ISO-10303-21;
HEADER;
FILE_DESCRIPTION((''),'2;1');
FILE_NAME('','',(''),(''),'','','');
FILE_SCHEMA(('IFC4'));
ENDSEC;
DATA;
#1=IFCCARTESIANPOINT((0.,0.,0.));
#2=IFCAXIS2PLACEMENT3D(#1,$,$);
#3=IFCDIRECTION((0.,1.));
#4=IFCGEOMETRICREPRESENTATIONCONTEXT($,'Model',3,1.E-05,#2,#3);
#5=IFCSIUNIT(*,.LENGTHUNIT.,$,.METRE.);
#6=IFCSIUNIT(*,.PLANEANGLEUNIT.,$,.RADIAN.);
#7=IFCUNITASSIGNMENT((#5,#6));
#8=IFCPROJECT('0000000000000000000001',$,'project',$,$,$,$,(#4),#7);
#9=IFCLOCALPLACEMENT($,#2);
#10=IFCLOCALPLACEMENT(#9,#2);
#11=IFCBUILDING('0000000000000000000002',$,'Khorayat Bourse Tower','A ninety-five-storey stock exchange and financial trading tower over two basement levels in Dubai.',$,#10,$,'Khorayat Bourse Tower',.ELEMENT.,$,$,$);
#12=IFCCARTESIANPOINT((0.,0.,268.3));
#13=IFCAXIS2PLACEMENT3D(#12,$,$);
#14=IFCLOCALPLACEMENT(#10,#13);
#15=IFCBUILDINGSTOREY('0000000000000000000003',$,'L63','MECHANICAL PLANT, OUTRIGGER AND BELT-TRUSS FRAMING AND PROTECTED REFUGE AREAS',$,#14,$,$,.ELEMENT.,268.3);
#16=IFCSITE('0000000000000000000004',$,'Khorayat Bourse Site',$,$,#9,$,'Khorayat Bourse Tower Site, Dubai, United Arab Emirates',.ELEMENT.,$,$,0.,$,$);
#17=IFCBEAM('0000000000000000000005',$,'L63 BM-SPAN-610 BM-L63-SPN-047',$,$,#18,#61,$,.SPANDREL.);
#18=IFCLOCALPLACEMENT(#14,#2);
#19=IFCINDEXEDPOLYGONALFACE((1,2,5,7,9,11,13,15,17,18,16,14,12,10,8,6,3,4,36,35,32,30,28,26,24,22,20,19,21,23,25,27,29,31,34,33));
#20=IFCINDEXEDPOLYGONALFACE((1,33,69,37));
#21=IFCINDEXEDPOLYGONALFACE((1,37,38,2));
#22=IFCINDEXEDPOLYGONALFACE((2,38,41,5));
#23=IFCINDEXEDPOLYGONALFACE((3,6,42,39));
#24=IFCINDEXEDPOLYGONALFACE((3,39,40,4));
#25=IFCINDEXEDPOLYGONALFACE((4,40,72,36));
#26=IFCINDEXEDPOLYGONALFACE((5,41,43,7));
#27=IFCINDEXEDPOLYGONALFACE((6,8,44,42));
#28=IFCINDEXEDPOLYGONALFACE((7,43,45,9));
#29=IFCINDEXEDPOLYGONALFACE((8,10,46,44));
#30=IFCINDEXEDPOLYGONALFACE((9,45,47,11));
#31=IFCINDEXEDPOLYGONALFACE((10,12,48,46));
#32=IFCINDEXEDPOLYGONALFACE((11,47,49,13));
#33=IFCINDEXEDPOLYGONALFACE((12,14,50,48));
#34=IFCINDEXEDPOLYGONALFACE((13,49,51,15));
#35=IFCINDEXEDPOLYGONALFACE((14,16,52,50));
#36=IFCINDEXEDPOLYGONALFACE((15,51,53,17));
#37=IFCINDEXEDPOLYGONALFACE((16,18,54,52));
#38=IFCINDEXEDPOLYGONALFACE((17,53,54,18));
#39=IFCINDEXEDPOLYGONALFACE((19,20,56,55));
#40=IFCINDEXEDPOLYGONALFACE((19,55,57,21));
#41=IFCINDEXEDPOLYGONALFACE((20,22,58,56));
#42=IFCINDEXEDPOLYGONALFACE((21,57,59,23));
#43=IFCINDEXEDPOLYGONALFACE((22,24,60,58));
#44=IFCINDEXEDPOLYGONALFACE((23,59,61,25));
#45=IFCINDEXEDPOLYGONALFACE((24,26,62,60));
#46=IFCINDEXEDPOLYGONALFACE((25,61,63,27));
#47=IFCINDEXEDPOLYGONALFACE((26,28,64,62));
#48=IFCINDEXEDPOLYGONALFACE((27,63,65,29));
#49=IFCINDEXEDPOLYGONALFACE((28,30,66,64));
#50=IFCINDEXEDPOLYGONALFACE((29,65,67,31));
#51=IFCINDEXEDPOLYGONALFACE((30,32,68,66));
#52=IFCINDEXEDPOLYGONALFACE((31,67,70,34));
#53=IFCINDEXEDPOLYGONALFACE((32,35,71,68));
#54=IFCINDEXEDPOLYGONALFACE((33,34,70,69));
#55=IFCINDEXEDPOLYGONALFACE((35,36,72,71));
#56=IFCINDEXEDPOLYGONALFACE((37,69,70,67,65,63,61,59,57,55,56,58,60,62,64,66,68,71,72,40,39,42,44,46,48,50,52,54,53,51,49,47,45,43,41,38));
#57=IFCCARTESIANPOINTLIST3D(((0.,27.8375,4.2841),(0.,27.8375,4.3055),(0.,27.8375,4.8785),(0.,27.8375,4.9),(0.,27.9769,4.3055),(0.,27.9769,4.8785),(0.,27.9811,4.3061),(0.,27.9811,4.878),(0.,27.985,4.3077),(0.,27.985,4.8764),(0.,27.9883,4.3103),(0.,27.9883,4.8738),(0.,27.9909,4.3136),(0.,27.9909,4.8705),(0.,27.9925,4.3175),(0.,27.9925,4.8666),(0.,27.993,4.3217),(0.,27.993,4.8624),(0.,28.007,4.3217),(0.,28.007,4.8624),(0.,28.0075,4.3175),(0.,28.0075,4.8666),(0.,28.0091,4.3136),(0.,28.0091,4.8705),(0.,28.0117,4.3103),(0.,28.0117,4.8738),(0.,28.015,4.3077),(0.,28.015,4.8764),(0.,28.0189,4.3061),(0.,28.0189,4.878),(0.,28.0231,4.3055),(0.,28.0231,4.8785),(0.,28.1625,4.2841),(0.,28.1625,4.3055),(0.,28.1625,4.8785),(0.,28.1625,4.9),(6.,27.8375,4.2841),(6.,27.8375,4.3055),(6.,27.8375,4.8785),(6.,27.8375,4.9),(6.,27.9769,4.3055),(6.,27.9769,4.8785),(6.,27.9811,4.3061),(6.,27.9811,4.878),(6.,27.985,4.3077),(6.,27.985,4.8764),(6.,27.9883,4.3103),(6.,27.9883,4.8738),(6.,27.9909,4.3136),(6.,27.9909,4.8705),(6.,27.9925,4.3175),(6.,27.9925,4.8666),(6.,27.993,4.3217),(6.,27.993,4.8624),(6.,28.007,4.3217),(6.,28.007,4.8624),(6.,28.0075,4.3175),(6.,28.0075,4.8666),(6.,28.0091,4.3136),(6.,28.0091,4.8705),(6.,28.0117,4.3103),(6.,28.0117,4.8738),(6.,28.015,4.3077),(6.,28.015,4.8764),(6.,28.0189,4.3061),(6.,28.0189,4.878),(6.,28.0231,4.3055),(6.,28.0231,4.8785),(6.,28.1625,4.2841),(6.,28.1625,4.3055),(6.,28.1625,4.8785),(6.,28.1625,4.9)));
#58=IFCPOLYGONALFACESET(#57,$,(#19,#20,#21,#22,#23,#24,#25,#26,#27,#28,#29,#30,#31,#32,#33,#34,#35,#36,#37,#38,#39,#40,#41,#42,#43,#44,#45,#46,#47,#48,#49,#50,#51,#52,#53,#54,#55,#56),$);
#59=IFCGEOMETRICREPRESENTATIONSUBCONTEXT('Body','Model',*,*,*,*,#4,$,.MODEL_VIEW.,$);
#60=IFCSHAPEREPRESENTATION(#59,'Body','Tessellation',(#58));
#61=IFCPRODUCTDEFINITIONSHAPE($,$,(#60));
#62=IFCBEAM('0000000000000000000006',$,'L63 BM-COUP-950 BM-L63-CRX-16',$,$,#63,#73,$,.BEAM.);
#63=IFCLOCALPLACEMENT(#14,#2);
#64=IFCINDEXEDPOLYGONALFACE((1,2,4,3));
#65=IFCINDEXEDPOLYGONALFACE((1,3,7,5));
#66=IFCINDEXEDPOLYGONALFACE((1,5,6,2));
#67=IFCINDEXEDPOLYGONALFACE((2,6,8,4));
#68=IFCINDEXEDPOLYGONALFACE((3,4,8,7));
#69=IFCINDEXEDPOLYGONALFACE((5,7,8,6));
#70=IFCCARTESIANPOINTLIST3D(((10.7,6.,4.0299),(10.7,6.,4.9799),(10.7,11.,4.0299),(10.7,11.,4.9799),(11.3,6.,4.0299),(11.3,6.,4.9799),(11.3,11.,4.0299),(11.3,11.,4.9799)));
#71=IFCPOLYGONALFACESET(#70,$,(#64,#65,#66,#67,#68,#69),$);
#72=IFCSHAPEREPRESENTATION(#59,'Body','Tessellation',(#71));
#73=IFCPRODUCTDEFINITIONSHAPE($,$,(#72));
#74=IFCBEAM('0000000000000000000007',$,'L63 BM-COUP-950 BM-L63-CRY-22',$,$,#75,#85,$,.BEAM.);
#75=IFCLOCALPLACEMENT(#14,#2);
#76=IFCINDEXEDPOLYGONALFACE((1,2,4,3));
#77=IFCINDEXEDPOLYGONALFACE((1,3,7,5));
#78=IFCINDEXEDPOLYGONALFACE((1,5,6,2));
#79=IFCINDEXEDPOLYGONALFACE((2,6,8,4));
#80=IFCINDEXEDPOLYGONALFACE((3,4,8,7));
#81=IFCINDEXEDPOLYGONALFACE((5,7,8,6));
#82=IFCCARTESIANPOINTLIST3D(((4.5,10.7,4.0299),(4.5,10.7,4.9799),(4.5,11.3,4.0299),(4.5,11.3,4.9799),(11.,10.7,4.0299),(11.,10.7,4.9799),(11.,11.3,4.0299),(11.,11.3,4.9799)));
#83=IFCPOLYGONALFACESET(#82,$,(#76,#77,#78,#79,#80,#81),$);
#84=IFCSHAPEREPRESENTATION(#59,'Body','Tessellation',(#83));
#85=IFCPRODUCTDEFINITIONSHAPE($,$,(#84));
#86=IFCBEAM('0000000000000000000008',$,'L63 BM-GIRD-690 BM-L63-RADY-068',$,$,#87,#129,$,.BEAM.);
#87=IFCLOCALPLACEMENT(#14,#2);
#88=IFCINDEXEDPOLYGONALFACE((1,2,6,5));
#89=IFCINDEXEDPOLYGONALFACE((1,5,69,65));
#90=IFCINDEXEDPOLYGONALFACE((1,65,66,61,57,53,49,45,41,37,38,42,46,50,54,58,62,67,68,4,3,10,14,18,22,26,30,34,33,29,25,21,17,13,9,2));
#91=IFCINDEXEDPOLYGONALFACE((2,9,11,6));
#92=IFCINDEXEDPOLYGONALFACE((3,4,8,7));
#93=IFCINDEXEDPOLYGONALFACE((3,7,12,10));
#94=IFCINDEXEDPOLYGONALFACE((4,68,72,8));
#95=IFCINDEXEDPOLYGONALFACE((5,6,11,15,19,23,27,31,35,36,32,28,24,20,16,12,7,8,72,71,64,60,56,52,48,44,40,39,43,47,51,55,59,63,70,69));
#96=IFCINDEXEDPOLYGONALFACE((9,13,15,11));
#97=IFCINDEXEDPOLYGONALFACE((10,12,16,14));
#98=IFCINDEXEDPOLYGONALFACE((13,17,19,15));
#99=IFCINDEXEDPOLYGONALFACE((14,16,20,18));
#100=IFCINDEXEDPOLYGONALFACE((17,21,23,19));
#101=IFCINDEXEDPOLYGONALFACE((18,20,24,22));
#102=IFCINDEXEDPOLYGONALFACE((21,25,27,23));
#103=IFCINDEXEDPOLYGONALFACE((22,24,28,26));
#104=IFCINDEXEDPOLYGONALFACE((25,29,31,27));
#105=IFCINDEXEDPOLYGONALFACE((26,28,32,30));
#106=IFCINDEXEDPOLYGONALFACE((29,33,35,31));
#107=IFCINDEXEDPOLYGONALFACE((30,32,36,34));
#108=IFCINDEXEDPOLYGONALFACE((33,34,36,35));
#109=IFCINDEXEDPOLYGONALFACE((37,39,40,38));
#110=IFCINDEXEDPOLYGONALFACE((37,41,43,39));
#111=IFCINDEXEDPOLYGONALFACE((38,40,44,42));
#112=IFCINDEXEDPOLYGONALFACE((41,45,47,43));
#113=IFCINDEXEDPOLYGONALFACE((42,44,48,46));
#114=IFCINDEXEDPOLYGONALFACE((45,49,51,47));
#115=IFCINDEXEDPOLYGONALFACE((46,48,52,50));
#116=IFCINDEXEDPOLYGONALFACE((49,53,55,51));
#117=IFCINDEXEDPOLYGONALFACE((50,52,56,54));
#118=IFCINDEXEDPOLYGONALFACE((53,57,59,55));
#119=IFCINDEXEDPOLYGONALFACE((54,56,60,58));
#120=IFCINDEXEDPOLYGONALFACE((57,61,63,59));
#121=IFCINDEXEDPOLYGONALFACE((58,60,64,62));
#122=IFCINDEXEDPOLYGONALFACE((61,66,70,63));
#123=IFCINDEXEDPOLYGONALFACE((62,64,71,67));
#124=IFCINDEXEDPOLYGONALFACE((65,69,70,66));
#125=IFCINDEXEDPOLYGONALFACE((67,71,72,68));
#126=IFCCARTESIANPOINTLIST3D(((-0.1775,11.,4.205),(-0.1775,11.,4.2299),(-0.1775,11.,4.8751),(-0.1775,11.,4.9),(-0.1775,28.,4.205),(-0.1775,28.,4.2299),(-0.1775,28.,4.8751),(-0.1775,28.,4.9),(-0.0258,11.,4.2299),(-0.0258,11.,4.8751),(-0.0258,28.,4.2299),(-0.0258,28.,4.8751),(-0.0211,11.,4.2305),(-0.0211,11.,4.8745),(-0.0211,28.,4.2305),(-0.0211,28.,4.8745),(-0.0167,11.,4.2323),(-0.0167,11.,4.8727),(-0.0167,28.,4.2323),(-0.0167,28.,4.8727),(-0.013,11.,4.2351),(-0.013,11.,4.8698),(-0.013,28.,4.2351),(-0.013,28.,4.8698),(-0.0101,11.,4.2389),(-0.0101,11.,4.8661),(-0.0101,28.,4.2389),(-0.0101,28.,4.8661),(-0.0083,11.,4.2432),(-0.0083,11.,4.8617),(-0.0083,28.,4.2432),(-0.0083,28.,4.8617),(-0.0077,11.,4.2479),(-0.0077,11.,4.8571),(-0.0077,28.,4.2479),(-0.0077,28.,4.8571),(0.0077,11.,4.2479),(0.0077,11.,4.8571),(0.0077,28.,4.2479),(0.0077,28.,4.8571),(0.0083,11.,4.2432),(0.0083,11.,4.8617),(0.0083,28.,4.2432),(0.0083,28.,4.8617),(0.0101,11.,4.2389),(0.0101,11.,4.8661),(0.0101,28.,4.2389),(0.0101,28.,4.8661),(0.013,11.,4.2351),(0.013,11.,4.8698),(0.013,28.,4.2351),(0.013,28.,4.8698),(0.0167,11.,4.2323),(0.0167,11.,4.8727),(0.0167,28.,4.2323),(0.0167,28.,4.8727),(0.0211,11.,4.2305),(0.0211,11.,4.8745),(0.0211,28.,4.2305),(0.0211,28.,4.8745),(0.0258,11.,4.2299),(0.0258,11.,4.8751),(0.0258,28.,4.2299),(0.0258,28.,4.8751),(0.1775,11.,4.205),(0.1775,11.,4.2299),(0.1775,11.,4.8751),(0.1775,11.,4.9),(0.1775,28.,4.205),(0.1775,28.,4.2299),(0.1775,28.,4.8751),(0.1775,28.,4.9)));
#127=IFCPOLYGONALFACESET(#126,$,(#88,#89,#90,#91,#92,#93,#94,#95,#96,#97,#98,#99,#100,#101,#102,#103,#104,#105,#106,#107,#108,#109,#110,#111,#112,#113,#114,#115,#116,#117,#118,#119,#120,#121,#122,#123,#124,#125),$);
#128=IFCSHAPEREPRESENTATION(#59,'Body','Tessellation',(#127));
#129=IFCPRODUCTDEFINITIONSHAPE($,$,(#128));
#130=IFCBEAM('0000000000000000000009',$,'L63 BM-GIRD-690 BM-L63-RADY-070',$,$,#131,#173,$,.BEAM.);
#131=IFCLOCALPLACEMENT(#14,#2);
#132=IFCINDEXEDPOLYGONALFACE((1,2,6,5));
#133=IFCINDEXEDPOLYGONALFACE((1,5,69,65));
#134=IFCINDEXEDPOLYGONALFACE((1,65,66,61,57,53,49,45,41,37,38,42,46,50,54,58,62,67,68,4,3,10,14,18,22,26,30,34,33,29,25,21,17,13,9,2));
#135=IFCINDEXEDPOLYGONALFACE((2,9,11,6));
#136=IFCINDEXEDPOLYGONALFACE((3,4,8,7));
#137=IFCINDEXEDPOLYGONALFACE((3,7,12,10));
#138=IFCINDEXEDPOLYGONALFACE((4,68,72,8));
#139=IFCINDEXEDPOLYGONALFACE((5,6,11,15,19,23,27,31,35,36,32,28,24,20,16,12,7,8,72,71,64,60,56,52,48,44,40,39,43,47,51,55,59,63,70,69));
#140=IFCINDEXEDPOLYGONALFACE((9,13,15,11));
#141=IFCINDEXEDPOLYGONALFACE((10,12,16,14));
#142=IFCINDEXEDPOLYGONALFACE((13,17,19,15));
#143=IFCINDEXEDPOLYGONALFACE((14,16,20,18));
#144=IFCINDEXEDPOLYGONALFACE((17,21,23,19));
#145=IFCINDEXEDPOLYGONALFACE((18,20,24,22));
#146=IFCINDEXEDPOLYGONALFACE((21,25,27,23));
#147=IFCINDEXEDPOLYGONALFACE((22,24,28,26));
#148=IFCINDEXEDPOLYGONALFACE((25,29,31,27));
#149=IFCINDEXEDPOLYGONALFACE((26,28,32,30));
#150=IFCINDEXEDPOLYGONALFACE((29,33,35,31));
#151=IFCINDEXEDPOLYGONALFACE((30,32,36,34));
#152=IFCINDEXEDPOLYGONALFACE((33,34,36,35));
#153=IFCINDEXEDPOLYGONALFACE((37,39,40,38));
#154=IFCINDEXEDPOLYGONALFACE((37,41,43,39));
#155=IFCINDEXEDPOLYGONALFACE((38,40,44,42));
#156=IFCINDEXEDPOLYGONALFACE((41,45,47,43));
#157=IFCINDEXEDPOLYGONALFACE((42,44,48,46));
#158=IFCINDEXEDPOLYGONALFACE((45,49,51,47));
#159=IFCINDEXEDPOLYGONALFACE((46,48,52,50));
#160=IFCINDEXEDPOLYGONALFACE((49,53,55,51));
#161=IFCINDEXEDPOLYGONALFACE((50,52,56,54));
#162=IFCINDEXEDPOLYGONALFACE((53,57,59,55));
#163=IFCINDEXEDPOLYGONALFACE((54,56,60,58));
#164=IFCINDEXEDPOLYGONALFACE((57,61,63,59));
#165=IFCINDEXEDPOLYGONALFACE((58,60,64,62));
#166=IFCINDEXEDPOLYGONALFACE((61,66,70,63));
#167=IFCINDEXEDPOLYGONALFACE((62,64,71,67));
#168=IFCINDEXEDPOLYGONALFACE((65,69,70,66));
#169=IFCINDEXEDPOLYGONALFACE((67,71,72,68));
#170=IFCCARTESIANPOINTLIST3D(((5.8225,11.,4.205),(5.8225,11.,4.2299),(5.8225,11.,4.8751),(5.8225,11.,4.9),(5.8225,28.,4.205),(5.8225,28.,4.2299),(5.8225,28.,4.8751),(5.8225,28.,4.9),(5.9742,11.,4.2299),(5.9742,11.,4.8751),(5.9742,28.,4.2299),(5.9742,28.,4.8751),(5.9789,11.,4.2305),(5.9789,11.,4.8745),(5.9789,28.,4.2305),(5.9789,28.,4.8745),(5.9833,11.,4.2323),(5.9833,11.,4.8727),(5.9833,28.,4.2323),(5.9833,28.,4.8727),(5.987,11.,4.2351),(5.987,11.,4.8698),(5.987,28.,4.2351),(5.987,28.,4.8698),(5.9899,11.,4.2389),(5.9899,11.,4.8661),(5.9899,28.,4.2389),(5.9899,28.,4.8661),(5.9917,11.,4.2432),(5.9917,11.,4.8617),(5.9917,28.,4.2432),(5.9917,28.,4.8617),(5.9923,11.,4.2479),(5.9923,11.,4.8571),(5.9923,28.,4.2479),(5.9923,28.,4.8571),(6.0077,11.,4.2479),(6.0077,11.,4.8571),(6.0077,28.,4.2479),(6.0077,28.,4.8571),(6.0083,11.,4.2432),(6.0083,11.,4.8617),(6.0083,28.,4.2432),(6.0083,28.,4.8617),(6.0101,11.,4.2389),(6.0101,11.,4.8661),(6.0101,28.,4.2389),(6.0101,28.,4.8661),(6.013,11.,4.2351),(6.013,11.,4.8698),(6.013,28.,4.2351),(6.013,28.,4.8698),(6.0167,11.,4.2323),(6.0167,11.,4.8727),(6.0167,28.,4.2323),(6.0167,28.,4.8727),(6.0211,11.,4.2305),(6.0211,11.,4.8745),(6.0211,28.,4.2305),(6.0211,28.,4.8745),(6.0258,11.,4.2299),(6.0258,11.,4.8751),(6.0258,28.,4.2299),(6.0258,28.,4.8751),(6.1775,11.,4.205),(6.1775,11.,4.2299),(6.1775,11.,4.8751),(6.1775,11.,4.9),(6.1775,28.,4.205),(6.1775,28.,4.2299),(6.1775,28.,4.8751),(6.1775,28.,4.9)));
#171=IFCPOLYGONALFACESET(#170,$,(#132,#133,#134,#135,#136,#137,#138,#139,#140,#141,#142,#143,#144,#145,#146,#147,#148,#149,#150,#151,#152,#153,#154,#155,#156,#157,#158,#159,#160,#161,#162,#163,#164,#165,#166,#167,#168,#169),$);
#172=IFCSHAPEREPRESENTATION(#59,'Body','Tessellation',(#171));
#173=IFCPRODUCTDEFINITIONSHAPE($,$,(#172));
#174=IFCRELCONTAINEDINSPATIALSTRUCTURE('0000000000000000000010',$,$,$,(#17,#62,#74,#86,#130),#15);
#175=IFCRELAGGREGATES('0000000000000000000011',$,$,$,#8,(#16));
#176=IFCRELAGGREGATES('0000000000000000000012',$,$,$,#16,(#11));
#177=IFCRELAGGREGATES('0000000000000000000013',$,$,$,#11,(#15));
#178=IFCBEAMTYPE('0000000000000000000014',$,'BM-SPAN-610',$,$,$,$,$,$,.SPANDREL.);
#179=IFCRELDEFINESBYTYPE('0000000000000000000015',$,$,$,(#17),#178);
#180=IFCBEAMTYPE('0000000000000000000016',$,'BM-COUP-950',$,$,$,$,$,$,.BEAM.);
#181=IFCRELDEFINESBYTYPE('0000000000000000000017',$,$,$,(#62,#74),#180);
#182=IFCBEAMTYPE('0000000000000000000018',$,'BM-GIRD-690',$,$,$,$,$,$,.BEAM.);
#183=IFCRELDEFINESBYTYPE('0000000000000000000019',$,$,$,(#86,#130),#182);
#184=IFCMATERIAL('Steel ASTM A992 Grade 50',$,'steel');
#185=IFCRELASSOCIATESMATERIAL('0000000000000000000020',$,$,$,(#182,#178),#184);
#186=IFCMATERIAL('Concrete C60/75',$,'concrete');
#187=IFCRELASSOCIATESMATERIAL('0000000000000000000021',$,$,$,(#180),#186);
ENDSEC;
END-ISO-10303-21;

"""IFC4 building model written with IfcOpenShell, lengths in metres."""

from ifc_helpers import new_model, si_unit, direction, frame, origin, origin_2d, place, context, subcontext, project, spatial, rectangle, i_section, extrude, source, transform, mapped, material, material_profile, profile_set, type_object, element, save


model = new_model("IFC4")

# Units and contexts
model_context = context("Model", 3, precision=1e-05, world=origin(), true_north=direction((0.0, 1.0)))
body_context = subcontext(model_context, "Body", "Model", "MODEL_VIEW")
ifc_project = project(units=[si_unit("LENGTHUNIT", "METRE"), si_unit("PLANEANGLEUNIT", "RADIAN")], contexts=[model_context])

# Site, building, storey
site_placement = place(None, origin())
site = spatial("IfcSite", under=ifc_project, at=site_placement, Name="Khorayat Bourse Site", LongName="Khorayat Bourse Tower Site, Dubai, United Arab Emirates", CompositionType="ELEMENT", RefElevation=0.0)
building_placement = place(site_placement, origin())
building = spatial("IfcBuilding", under=site, at=building_placement, Name="Khorayat Bourse Tower", Description="A ninety-five-storey stock exchange and financial trading tower over two basement levels in Dubai.", LongName="Khorayat Bourse Tower", CompositionType="ELEMENT")
storey_placement = place(building_placement, frame((0.0, 0.0, 268.3)))
storey = spatial("IfcBuildingStorey", under=building, at=storey_placement, Name="L63", Description="MECHANICAL PLANT, OUTRIGGER AND BELT-TRUSS FRAMING AND PROTECTED REFUGE AREAS", CompositionType="ELEMENT", Elevation=268.3)

# Beams
ifc_material_1 = material(Name="Steel ASTM A992 Grade 50", Category="steel")
ifc_material_profile_1 = material_profile(ifc_material_1, i_section(OverallWidth=0.355, OverallDepth=0.6951, WebThickness=0.0154, FlangeThickness=0.0249, FilletRadius=0.0181, at=origin_2d()), Name="W690X217")
ifc_profile_set_1 = profile_set([ifc_material_profile_1], Name="Steel ASTM A992 Grade 50")
beam_type_1 = type_object("IfcBeamType", Name="BM-GIRD-690", PredefinedType="BEAM", material=ifc_profile_set_1)
ifc_material_profile_2 = material_profile(ifc_material_1, i_section(OverallWidth=0.325, OverallDepth=0.616, WebThickness=0.0139, FlangeThickness=0.0215, FilletRadius=0.0161, at=origin_2d()), Name="W610X174")
ifc_profile_set_2 = profile_set([ifc_material_profile_2], Name="Steel ASTM A992 Grade 50")
beam_type_2 = type_object("IfcBeamType", Name="BM-SPAN-610", PredefinedType="SPANDREL", material=ifc_profile_set_2)
shared_shape_1 = source(origin(), body_context, "Body", "SweptSolid", [
    extrude(i_section(OverallWidth=0.325, OverallDepth=0.616, WebThickness=0.0139, FlangeThickness=0.0215, FilletRadius=0.0161, at=origin_2d()), origin(), (0.0, 0.0, 1.0), 6.0),
])
beam_1_placement = place(storey_placement, frame((0.0, 28.0, 4.592), z_axis=(1.0, 0.0, 0.0), x_axis=(0.0, 1.0, 0.0)))
element("IfcBeam", 1, at=beam_1_placement, inside=storey, type_object=beam_type_2, Name="L63 BM-SPAN-610 BM-L63-SPN-047", PredefinedType="SPANDREL", context=body_context, shape_type="MappedRepresentation", body=[
    mapped(shared_shape_1, transform((0.0, 0.0, 0.0), scale=1.0)),
])
ifc_material_2 = material(Name="Concrete C60/75", Category="concrete")
ifc_material_profile_3 = material_profile(ifc_material_2, rectangle(XDim=0.6001, YDim=0.95, at=origin_2d()), Name="RC 600x950")
ifc_profile_set_3 = profile_set([ifc_material_profile_3], Name="Concrete C60/75")
beam_type_3 = type_object("IfcBeamType", Name="BM-COUP-950", PredefinedType="BEAM", material=ifc_profile_set_3)
shared_shape_2 = source(origin(), body_context, "Body", "SweptSolid", [
    extrude(rectangle(XDim=0.6001, YDim=0.95, at=origin_2d()), origin(), (0.0, 0.0, 1.0), 5.0),
])
beam_2_placement = place(storey_placement, frame((11.0, 6.0, 4.5049), z_axis=(0.0, 1.0, 0.0), x_axis=(-1.0, 0.0, 0.0)))
element("IfcBeam", 2, at=beam_2_placement, inside=storey, type_object=beam_type_3, Name="L63 BM-COUP-950 BM-L63-CRX-16", PredefinedType="BEAM", context=body_context, shape_type="MappedRepresentation", body=[
    mapped(shared_shape_2, transform((0.0, 0.0, 0.0), scale=1.0)),
])
shared_shape_3 = source(origin(), body_context, "Body", "SweptSolid", [
    extrude(rectangle(XDim=0.6001, YDim=0.95, at=origin_2d()), origin(), (0.0, 0.0, 1.0), 6.5),
])
beam_3_placement = place(storey_placement, frame((4.5, 11.0, 4.5049), z_axis=(1.0, 0.0, 0.0), x_axis=(0.0, 1.0, 0.0)))
element("IfcBeam", 3, at=beam_3_placement, inside=storey, type_object=beam_type_3, Name="L63 BM-COUP-950 BM-L63-CRY-22", PredefinedType="BEAM", context=body_context, shape_type="MappedRepresentation", body=[
    mapped(shared_shape_3, transform((0.0, 0.0, 0.0), scale=1.0)),
])
shared_shape_4 = source(origin(), body_context, "Body", "SweptSolid", [
    extrude(i_section(OverallWidth=0.355, OverallDepth=0.6951, WebThickness=0.0154, FlangeThickness=0.0249, FilletRadius=0.0181, at=origin_2d()), origin(), (0.0, 0.0, 1.0), 17.0),
])
for number, where, z_axis, x_axis, name in (
    (4, (0.0, 11.0, 4.5525), (0.0, 1.0, 0.0), (-1.0, 0.0, 0.0), "L63 BM-GIRD-690 BM-L63-RADY-068"),
    (5, (6.0, 11.0, 4.5525), (0.0, 1.0, 0.0), (-1.0, 0.0, 0.0), "L63 BM-GIRD-690 BM-L63-RADY-070"),
):
    element("IfcBeam", number, at=place(storey_placement, frame(where, z_axis=z_axis, x_axis=x_axis)), inside=storey, type_object=beam_type_1, Name=name, PredefinedType="BEAM", context=body_context, shape_type="MappedRepresentation", body=[
        mapped(shared_shape_4, transform((0.0, 0.0, 0.0), scale=1.0)),
    ])

save(model, "model.ifc")
